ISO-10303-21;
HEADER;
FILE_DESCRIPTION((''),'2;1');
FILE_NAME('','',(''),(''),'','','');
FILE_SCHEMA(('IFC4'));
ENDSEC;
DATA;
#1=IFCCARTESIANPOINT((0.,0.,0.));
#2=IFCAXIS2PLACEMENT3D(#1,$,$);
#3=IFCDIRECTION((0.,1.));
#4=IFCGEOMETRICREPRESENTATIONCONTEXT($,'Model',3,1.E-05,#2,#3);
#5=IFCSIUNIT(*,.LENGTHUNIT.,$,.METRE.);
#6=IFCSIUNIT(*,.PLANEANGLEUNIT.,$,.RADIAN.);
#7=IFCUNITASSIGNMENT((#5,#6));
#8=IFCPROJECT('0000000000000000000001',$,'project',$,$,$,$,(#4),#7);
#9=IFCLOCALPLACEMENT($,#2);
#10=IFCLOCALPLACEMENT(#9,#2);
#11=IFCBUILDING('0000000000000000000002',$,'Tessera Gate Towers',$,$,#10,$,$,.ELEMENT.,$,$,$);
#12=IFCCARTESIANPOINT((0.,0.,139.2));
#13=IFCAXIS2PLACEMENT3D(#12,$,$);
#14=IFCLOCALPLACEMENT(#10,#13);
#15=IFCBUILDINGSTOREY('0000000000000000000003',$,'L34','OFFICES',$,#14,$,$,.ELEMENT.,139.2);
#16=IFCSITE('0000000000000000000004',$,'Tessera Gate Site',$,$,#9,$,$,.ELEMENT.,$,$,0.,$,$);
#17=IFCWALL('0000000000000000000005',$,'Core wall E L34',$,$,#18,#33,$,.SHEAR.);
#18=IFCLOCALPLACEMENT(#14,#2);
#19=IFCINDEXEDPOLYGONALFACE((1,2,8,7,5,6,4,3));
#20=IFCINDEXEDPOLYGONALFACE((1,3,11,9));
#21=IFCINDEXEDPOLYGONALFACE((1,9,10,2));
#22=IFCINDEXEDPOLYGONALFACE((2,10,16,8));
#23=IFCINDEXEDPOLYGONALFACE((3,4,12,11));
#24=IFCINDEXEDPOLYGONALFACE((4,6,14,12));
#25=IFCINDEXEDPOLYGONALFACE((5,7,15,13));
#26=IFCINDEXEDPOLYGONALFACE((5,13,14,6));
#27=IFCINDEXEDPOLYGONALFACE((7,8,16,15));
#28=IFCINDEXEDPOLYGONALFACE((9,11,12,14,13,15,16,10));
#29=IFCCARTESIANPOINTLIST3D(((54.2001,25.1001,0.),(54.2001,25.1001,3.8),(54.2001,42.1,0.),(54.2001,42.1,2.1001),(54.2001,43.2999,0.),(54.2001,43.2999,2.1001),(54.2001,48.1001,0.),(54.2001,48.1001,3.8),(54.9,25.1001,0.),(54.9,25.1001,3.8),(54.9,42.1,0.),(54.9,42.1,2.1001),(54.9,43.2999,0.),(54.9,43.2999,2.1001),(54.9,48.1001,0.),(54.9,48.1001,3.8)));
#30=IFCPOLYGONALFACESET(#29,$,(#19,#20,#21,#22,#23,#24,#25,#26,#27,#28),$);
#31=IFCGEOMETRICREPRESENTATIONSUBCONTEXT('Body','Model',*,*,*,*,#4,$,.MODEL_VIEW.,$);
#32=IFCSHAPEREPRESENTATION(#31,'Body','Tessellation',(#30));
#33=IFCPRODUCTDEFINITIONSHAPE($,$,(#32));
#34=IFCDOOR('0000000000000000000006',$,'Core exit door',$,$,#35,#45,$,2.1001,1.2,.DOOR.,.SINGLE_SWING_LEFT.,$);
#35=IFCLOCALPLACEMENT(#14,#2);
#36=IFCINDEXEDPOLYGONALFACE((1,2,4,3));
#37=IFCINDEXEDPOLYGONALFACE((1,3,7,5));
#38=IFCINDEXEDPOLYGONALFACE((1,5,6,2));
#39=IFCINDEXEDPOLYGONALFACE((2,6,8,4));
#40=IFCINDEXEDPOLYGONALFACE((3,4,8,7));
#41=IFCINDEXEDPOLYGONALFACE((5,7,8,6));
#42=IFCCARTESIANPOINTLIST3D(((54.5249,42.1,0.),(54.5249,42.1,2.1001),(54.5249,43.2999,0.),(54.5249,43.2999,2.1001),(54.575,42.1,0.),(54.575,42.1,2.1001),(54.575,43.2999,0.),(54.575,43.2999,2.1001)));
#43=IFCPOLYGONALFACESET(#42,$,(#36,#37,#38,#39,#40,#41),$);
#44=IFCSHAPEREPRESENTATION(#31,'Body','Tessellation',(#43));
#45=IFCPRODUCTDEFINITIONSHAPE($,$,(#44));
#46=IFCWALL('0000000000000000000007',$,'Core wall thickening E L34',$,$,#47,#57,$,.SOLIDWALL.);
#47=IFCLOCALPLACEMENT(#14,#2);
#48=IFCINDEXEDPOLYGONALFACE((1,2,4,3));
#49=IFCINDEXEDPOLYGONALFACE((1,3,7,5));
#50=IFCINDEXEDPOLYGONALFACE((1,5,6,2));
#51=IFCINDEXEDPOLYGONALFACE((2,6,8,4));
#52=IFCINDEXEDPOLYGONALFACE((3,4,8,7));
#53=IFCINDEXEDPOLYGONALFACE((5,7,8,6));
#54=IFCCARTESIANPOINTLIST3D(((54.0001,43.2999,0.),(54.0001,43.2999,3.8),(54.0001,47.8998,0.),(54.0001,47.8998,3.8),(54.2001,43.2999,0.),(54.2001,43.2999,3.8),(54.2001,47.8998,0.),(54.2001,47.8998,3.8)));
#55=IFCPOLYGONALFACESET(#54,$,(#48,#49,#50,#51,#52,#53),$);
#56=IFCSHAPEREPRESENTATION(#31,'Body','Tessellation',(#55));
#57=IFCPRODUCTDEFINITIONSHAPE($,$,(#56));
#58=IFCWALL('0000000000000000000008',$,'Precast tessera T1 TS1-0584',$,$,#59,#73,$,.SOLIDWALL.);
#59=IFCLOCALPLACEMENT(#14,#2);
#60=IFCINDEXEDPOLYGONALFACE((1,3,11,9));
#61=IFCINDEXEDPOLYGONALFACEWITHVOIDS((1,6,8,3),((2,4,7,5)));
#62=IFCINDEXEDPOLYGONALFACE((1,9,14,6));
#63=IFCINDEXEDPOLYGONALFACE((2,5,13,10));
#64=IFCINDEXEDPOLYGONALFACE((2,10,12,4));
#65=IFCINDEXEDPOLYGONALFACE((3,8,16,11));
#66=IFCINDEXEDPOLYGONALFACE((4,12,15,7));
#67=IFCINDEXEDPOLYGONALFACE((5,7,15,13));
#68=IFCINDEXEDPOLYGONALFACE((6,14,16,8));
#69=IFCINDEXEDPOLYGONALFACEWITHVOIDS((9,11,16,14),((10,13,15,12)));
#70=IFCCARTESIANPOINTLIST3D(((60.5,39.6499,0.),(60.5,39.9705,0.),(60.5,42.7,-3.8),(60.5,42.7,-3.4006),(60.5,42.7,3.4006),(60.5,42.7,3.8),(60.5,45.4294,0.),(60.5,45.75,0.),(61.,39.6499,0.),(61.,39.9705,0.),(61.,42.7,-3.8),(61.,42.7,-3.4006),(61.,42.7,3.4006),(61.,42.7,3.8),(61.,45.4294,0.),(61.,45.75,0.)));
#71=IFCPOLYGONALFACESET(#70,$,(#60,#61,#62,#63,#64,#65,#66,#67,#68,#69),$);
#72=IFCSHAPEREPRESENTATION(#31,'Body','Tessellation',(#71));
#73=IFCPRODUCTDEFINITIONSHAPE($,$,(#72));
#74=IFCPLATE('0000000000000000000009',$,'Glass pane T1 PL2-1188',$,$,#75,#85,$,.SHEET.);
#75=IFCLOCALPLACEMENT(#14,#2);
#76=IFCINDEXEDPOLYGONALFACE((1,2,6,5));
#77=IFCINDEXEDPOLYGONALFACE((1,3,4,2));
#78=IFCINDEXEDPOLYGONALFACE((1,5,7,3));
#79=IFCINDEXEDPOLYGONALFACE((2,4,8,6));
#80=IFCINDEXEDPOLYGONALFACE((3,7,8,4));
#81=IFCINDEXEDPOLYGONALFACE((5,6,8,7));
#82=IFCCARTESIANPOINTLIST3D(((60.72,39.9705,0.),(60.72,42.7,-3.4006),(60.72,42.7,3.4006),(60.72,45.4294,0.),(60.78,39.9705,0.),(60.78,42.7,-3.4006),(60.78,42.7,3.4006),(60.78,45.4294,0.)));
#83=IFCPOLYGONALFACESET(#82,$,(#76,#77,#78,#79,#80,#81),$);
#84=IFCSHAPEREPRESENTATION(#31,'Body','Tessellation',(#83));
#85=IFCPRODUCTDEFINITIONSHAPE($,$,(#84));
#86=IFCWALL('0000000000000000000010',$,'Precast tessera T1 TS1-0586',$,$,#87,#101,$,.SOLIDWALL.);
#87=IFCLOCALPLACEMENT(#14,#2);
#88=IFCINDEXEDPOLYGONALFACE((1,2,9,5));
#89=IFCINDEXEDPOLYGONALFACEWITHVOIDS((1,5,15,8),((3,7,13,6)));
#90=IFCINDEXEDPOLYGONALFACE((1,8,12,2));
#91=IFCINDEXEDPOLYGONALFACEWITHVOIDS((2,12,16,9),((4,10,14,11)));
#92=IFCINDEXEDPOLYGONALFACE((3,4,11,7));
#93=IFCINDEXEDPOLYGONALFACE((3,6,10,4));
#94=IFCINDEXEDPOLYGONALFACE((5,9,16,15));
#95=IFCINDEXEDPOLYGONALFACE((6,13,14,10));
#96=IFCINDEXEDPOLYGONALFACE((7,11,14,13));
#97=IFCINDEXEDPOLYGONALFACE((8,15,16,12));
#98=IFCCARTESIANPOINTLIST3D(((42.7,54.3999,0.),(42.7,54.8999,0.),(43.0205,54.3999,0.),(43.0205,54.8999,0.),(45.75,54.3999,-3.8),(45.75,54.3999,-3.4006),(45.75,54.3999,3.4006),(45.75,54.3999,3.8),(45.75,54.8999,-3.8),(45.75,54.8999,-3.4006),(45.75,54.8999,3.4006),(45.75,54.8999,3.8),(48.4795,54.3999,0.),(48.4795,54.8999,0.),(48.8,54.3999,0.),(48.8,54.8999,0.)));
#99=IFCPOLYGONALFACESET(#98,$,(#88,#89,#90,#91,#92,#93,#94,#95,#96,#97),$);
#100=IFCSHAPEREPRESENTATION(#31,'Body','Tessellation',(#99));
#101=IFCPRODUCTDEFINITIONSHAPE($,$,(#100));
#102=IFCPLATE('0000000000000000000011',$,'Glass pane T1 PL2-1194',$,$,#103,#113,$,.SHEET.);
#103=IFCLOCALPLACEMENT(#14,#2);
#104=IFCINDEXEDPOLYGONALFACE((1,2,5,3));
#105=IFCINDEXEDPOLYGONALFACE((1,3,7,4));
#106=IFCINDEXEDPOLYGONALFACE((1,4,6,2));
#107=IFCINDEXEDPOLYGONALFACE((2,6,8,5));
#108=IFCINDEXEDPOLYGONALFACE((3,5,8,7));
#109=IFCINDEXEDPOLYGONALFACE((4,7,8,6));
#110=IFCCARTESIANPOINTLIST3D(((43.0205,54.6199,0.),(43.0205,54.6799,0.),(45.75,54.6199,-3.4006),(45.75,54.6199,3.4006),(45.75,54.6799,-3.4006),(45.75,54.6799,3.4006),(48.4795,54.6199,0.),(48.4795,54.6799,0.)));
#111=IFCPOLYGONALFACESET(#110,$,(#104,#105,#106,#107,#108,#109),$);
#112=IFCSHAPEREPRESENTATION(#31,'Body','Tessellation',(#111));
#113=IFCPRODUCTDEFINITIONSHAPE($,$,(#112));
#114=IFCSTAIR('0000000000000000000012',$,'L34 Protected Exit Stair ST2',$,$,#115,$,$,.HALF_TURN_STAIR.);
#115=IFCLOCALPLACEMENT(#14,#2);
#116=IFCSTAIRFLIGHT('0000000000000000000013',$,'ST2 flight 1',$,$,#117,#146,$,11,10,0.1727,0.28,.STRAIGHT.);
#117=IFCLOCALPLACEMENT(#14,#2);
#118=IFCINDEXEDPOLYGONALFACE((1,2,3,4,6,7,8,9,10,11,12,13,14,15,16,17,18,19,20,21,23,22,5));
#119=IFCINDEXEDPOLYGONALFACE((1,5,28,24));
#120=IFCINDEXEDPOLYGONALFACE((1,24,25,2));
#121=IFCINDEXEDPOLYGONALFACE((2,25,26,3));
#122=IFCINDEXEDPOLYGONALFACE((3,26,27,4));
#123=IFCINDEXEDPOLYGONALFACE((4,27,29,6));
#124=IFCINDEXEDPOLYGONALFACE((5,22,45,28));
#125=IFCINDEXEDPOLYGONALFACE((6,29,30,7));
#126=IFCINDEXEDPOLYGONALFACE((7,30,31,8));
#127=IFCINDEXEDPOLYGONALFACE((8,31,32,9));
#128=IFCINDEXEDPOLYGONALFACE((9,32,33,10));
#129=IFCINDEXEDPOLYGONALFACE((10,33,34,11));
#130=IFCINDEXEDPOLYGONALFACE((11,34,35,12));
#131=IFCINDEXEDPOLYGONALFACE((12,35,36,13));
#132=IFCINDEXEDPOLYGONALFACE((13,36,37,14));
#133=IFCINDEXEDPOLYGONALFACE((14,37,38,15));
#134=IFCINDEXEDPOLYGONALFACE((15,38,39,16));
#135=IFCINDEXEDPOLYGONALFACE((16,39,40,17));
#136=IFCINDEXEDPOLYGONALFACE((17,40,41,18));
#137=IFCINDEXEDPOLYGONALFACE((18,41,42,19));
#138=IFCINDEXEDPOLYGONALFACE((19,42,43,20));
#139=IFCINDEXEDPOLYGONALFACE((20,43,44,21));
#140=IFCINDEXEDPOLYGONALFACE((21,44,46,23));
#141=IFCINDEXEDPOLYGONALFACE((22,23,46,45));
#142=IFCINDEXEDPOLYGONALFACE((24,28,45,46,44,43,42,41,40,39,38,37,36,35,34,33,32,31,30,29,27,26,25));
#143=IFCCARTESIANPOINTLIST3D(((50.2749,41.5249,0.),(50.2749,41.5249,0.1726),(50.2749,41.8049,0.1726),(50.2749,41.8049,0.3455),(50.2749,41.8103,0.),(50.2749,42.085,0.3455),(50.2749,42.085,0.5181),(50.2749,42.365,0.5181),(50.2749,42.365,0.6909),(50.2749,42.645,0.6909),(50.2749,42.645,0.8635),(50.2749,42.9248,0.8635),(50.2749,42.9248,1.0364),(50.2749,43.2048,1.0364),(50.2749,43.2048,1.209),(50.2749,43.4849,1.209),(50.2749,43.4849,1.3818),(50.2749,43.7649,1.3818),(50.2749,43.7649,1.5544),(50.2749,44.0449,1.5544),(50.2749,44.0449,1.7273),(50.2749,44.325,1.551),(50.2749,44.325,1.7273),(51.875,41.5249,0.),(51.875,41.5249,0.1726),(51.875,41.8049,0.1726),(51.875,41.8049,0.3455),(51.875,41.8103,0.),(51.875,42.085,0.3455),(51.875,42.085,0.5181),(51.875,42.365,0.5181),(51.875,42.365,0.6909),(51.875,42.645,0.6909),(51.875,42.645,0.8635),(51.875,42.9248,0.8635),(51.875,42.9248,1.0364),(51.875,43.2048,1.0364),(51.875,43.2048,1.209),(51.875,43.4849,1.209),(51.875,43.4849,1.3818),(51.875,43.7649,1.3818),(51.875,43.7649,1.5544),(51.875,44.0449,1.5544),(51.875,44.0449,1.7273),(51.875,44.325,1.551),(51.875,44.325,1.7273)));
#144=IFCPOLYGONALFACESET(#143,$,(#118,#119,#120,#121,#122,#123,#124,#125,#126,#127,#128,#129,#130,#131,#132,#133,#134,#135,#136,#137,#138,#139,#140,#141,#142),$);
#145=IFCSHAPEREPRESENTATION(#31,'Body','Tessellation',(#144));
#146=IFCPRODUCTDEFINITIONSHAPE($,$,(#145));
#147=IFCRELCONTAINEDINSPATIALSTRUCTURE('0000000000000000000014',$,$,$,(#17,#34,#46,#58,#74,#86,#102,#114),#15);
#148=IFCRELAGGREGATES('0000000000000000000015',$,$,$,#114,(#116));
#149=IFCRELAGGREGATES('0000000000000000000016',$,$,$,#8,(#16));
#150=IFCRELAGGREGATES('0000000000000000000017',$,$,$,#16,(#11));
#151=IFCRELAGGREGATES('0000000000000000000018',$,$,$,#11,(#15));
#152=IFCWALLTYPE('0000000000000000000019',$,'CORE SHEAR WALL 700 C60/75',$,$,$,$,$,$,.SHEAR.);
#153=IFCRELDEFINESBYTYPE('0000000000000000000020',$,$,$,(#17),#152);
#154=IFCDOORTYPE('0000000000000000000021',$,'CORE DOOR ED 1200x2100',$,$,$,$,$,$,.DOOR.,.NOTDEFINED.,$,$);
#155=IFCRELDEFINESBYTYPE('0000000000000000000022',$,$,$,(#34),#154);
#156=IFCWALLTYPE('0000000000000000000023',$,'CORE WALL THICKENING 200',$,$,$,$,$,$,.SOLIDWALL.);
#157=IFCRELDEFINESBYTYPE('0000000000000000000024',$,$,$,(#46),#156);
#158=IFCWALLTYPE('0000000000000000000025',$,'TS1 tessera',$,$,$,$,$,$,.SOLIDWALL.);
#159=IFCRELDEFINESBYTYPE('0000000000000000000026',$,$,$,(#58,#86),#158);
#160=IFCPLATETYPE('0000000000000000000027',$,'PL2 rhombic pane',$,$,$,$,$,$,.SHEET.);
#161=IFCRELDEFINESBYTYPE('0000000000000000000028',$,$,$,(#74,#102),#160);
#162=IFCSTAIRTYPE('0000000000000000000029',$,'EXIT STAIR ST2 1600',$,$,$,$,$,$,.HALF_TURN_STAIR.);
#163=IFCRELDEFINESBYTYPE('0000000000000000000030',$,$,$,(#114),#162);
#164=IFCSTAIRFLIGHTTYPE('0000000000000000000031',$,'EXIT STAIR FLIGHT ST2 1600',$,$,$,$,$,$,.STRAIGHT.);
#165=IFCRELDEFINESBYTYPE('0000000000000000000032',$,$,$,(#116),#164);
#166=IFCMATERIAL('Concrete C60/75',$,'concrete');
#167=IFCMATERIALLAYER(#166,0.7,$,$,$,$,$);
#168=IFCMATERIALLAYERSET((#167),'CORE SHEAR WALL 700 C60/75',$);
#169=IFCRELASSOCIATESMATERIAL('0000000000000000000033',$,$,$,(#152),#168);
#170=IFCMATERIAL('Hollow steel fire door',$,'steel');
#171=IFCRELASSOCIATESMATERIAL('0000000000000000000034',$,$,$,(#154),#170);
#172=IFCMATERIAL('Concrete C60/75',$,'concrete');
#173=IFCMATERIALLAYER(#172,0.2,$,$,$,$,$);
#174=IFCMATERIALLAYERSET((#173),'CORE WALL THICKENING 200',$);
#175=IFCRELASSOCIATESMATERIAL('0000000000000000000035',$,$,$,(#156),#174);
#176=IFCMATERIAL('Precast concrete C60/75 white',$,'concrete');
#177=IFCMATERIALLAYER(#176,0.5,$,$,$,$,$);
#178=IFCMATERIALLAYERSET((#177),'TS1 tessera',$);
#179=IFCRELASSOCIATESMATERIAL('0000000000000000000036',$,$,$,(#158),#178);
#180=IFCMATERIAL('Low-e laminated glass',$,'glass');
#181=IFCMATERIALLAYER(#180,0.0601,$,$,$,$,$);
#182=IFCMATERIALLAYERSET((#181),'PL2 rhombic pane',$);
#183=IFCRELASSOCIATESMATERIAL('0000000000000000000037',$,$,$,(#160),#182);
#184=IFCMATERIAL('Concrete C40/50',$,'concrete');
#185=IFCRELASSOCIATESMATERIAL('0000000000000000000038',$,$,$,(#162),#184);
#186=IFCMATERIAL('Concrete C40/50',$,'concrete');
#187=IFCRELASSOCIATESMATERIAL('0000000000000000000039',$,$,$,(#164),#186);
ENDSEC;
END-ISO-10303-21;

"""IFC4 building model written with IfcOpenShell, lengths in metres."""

from ifc_helpers import new_model, si_unit, direction, frame, frame_2d, origin, place, context, subcontext, project, spatial, polyline, rectangle, outline, extrude, source, transform, mapped, material, layer, layer_set, type_object, element, fill, aggregate, save


model = new_model("IFC4")

# Units and contexts
model_context = context("Model", 3, precision=1e-05, world=origin(), true_north=direction((0.0, 1.0)))
body_context = subcontext(model_context, "Body", "Model", "MODEL_VIEW")
ifc_project = project(units=[si_unit("LENGTHUNIT", "METRE"), si_unit("PLANEANGLEUNIT", "RADIAN")], contexts=[model_context])

# Site, building, storey
site_placement = place(None, origin())
site = spatial("IfcSite", under=ifc_project, at=site_placement, Name="Tessera Gate Site", CompositionType="ELEMENT", RefElevation=0.0)
building_placement = place(site_placement, origin())
building = spatial("IfcBuilding", under=site, at=building_placement, Name="Tessera Gate Towers", CompositionType="ELEMENT")
storey_placement = place(building_placement, frame((0.0, 0.0, 139.2)))
storey = spatial("IfcBuildingStorey", under=building, at=storey_placement, Name="L34", Description="OFFICES", CompositionType="ELEMENT", Elevation=139.2)

# Wall, opening, door
shared_shape_1 = source(origin(), body_context, "Body", "SweptSolid", [
    extrude(rectangle(XDim=1.2, YDim=2.1001, at=frame_2d((0.6001, 1.05))), frame((0.0, 0.0249, 0.0), z_axis=(0.0, -1.0, 0.0), x_axis=(1.0, 0.0, 0.0)), (0.0, 0.0, 1.0), 0.05),
])
ifc_material_1 = material(Name="Concrete C60/75", Category="concrete")
ifc_layer_1 = layer(ifc_material_1, 0.7)
ifc_layer_set_1 = layer_set([ifc_layer_1], Name="CORE SHEAR WALL 700 C60/75")
wall_type_1 = type_object("IfcWallType", Name="CORE SHEAR WALL 700 C60/75", PredefinedType="SHEAR", material=ifc_layer_set_1)
wall_1_placement = place(storey_placement, frame((54.55, 48.1001, 0.0), z_axis=(0.0, 0.0, 1.0), x_axis=(0.0, -1.0, 0.0)))
wall_1 = element("IfcWall", 1, at=wall_1_placement, inside=storey, type_object=wall_type_1, Name="Core wall E L34", PredefinedType="SHEAR", context=body_context, shape_type="SweptSolid", body=[
    extrude(rectangle(XDim=23.0, YDim=0.7, at=frame_2d((11.5, 0.0))), origin(), (0.0, 0.0, 1.0), 3.8),
])
shared_shape_2 = source(origin(), body_context, "Body", "SweptSolid", [
    extrude(rectangle(XDim=1.2, YDim=2.1001, at=frame_2d((0.6001, 1.05))), frame((0.0, 0.3599, 0.0), z_axis=(0.0, -1.0, 0.0), x_axis=(1.0, 0.0, 0.0)), (0.0, 0.0, 1.0), 0.72),
])
opening_1_placement = place(wall_1_placement, frame((4.8, 0.0, 0.0)))
opening_1 = element("IfcOpeningElement", 2, at=opening_1_placement, cuts=wall_1, PredefinedType="OPENING", context=body_context, shape_type="MappedRepresentation", body=[
    mapped(shared_shape_2, transform((0.0, 0.0, 0.0), scale=1.0)),
])
ifc_material_2 = material(Name="Hollow steel fire door", Category="steel")
door_type_1 = type_object("IfcDoorType", Name="CORE DOOR ED 1200x2100", OperationType="NOTDEFINED", PredefinedType="DOOR", material=ifc_material_2)
door_1_placement = place(opening_1_placement, origin())
door_1 = element("IfcDoor", 3, at=door_1_placement, inside=storey, type_object=door_type_1, Name="Core exit door", OperationType="SINGLE_SWING_LEFT", OverallHeight=2.1001, OverallWidth=1.2, PredefinedType="DOOR", context=body_context, shape_type="MappedRepresentation", body=[
    mapped(shared_shape_1, transform((0.0, 0.0, 0.0), scale=1.0)),
])
fill(opening_1, door_1)

# Wall
ifc_material_3 = material(Name="Concrete C60/75", Category="concrete")
ifc_layer_2 = layer(ifc_material_3, 0.2)
ifc_layer_set_2 = layer_set([ifc_layer_2], Name="CORE WALL THICKENING 200")
wall_type_2 = type_object("IfcWallType", Name="CORE WALL THICKENING 200", PredefinedType="SOLIDWALL", material=ifc_layer_set_2)
wall_2_placement = place(storey_placement, frame((54.1001, 43.3, 0.0), z_axis=(0.0, 0.0, 1.0), x_axis=(0.0, 1.0, 0.0)))
element("IfcWall", 4, at=wall_2_placement, inside=storey, type_object=wall_type_2, Name="Core wall thickening E L34", PredefinedType="SOLIDWALL", context=body_context, shape_type="SweptSolid", body=[
    extrude(rectangle(XDim=4.5999, YDim=0.2, at=frame_2d((2.2998, 0.0))), origin(), (0.0, 0.0, 1.0), 3.8),
])

# Walls, openings, plates
ifc_material_4 = material(Name="Precast concrete C60/75 white", Category="concrete")
ifc_layer_3 = layer(ifc_material_4, 0.5)
ifc_layer_set_3 = layer_set([ifc_layer_3], Name="TS1 tessera")
wall_type_3 = type_object("IfcWallType", Name="TS1 tessera", PredefinedType="SOLIDWALL", material=ifc_layer_set_3)
shared_shape_3 = source(origin(), body_context, "Body", "SweptSolid", [
    extrude(outline(polyline([(3.05, 0.0), (6.1001, 3.8), (3.05, 7.6001), (0.0, 3.8), (3.05, 0.0)])), frame((0.0, 0.25, 0.0), z_axis=(0.0, -1.0, 0.0), x_axis=(1.0, 0.0, 0.0)), (0.0, 0.0, 1.0), 0.5),
])
wall_3_placement = place(storey_placement, frame((60.75, 39.6499, -3.8), z_axis=(0.0, 0.0, 1.0), x_axis=(0.0, 1.0, 0.0)))
wall_3 = element("IfcWall", 5, at=wall_3_placement, inside=storey, type_object=wall_type_3, Name="Precast tessera T1 TS1-0584", PredefinedType="SOLIDWALL", context=body_context, shape_type="MappedRepresentation", body=[
    mapped(shared_shape_3, transform((0.0, 0.0, 0.0), scale=1.0)),
])
shared_shape_4 = source(origin(), body_context, "Body", "SweptSolid", [
    extrude(outline(polyline([(3.05, 0.3994), (5.7795, 3.8), (3.05, 7.2007), (0.3206, 3.8), (3.05, 0.3994)])), frame((0.0, 0.26, 0.0), z_axis=(0.0, -1.0, 0.0), x_axis=(1.0, 0.0, 0.0)), (0.0, 0.0, 1.0), 0.52),
])
opening_2_placement = place(wall_3_placement, origin())
opening_2 = element("IfcOpeningElement", 6, at=opening_2_placement, cuts=wall_3, PredefinedType="OPENING", context=body_context, shape_type="MappedRepresentation", body=[
    mapped(shared_shape_4, transform((0.0, 0.0, 0.0), scale=1.0)),
])
ifc_material_5 = material(Name="Low-e laminated glass", Category="glass")
ifc_layer_4 = layer(ifc_material_5, 0.0601)
ifc_layer_set_4 = layer_set([ifc_layer_4], Name="PL2 rhombic pane")
plate_type = type_object("IfcPlateType", Name="PL2 rhombic pane", PredefinedType="SHEET", material=ifc_layer_set_4)
shared_shape_5 = source(origin(), body_context, "Body", "SweptSolid", [
    extrude(outline(polyline([(3.05, 0.3994), (5.7795, 3.8), (3.05, 7.2007), (0.3206, 3.8), (3.05, 0.3994)])), frame((0.0, 0.03, 0.0), z_axis=(0.0, -1.0, 0.0), x_axis=(1.0, 0.0, 0.0)), (0.0, 0.0, 1.0), 0.0601),
])
plate_1_placement = place(opening_2_placement, origin())
plate_1 = element("IfcPlate", 7, at=plate_1_placement, inside=storey, type_object=plate_type, Name="Glass pane T1 PL2-1188", PredefinedType="SHEET", context=body_context, shape_type="MappedRepresentation", body=[
    mapped(shared_shape_5, transform((0.0, 0.0, 0.0), scale=1.0)),
])
fill(opening_2, plate_1)
wall_4_placement = place(storey_placement, frame((48.8, 54.6499, -3.8), z_axis=(0.0, 0.0, 1.0), x_axis=(-1.0, 0.0, 0.0)))
wall_4 = element("IfcWall", 8, at=wall_4_placement, inside=storey, type_object=wall_type_3, Name="Precast tessera T1 TS1-0586", PredefinedType="SOLIDWALL", context=body_context, shape_type="MappedRepresentation", body=[
    mapped(shared_shape_3, transform((0.0, 0.0, 0.0), scale=1.0)),
])
opening_3_placement = place(wall_4_placement, origin())
opening_3 = element("IfcOpeningElement", 9, at=opening_3_placement, cuts=wall_4, PredefinedType="OPENING", context=body_context, shape_type="MappedRepresentation", body=[
    mapped(shared_shape_4, transform((0.0, 0.0, 0.0), scale=1.0)),
])
plate_2_placement = place(opening_3_placement, origin())
plate_2 = element("IfcPlate", 10, at=plate_2_placement, inside=storey, type_object=plate_type, Name="Glass pane T1 PL2-1194", PredefinedType="SHEET", context=body_context, shape_type="MappedRepresentation", body=[
    mapped(shared_shape_5, transform((0.0, 0.0, 0.0), scale=1.0)),
])
fill(opening_3, plate_2)

# Stair, stair flight
ifc_material_6 = material(Name="Concrete C40/50", Category="concrete")
stair_type = type_object("IfcStairType", Name="EXIT STAIR ST2 1600", PredefinedType="HALF_TURN_STAIR", material=ifc_material_6)
stair_placement = place(storey_placement, origin())
stair = element("IfcStair", 11, at=stair_placement, inside=storey, type_object=stair_type, Name="L34 Protected Exit Stair ST2", PredefinedType="HALF_TURN_STAIR")
ifc_material_7 = material(Name="Concrete C40/50", Category="concrete")
stair_flight_type = type_object("IfcStairFlightType", Name="EXIT STAIR FLIGHT ST2 1600", PredefinedType="STRAIGHT", material=ifc_material_7)
stair_flight_1_placement = place(storey_placement, frame((51.075, 41.5249, 0.0), z_axis=(0.0, 0.0, 1.0), x_axis=(0.0, 1.0, 0.0)))
stair_flight_1 = element("IfcStairFlight", 12, at=stair_flight_1_placement, type_object=stair_flight_type, Name="ST2 flight 1", NumberOfRisers=11, NumberOfTreads=10, PredefinedType="STRAIGHT", RiserHeight=0.1727, TreadLength=0.28, context=body_context, shape_type="SweptSolid", body=[
    extrude(outline(polyline([(0.0, 0.0), (0.0, 0.1726), (0.28, 0.1726), (0.28, 0.3455), (0.5601, 0.3455), (0.5601, 0.5181), (0.8401, 0.5181), (0.8401, 0.6909), (1.1201, 0.6909), (1.1201, 0.8635), (1.3999, 0.8635), (1.3999, 1.0364), (1.6799, 1.0364), (1.6799, 1.209), (1.96, 1.209), (1.96, 1.3818), (2.24, 1.3818), (2.24, 1.5544), (2.52, 1.5544), (2.52, 1.7273), (2.8, 1.7273), (2.8, 1.8999), (2.8, 1.551), (0.2854, 0.0), (0.0, 0.0)])), frame((0.0, 0.8, 0.0), z_axis=(0.0, -1.0, 0.0), x_axis=(1.0, 0.0, 0.0)), (0.0, 0.0, 1.0), 1.6001),
])
aggregate(stair, [stair_flight_1])

save(model, "model.ifc")
